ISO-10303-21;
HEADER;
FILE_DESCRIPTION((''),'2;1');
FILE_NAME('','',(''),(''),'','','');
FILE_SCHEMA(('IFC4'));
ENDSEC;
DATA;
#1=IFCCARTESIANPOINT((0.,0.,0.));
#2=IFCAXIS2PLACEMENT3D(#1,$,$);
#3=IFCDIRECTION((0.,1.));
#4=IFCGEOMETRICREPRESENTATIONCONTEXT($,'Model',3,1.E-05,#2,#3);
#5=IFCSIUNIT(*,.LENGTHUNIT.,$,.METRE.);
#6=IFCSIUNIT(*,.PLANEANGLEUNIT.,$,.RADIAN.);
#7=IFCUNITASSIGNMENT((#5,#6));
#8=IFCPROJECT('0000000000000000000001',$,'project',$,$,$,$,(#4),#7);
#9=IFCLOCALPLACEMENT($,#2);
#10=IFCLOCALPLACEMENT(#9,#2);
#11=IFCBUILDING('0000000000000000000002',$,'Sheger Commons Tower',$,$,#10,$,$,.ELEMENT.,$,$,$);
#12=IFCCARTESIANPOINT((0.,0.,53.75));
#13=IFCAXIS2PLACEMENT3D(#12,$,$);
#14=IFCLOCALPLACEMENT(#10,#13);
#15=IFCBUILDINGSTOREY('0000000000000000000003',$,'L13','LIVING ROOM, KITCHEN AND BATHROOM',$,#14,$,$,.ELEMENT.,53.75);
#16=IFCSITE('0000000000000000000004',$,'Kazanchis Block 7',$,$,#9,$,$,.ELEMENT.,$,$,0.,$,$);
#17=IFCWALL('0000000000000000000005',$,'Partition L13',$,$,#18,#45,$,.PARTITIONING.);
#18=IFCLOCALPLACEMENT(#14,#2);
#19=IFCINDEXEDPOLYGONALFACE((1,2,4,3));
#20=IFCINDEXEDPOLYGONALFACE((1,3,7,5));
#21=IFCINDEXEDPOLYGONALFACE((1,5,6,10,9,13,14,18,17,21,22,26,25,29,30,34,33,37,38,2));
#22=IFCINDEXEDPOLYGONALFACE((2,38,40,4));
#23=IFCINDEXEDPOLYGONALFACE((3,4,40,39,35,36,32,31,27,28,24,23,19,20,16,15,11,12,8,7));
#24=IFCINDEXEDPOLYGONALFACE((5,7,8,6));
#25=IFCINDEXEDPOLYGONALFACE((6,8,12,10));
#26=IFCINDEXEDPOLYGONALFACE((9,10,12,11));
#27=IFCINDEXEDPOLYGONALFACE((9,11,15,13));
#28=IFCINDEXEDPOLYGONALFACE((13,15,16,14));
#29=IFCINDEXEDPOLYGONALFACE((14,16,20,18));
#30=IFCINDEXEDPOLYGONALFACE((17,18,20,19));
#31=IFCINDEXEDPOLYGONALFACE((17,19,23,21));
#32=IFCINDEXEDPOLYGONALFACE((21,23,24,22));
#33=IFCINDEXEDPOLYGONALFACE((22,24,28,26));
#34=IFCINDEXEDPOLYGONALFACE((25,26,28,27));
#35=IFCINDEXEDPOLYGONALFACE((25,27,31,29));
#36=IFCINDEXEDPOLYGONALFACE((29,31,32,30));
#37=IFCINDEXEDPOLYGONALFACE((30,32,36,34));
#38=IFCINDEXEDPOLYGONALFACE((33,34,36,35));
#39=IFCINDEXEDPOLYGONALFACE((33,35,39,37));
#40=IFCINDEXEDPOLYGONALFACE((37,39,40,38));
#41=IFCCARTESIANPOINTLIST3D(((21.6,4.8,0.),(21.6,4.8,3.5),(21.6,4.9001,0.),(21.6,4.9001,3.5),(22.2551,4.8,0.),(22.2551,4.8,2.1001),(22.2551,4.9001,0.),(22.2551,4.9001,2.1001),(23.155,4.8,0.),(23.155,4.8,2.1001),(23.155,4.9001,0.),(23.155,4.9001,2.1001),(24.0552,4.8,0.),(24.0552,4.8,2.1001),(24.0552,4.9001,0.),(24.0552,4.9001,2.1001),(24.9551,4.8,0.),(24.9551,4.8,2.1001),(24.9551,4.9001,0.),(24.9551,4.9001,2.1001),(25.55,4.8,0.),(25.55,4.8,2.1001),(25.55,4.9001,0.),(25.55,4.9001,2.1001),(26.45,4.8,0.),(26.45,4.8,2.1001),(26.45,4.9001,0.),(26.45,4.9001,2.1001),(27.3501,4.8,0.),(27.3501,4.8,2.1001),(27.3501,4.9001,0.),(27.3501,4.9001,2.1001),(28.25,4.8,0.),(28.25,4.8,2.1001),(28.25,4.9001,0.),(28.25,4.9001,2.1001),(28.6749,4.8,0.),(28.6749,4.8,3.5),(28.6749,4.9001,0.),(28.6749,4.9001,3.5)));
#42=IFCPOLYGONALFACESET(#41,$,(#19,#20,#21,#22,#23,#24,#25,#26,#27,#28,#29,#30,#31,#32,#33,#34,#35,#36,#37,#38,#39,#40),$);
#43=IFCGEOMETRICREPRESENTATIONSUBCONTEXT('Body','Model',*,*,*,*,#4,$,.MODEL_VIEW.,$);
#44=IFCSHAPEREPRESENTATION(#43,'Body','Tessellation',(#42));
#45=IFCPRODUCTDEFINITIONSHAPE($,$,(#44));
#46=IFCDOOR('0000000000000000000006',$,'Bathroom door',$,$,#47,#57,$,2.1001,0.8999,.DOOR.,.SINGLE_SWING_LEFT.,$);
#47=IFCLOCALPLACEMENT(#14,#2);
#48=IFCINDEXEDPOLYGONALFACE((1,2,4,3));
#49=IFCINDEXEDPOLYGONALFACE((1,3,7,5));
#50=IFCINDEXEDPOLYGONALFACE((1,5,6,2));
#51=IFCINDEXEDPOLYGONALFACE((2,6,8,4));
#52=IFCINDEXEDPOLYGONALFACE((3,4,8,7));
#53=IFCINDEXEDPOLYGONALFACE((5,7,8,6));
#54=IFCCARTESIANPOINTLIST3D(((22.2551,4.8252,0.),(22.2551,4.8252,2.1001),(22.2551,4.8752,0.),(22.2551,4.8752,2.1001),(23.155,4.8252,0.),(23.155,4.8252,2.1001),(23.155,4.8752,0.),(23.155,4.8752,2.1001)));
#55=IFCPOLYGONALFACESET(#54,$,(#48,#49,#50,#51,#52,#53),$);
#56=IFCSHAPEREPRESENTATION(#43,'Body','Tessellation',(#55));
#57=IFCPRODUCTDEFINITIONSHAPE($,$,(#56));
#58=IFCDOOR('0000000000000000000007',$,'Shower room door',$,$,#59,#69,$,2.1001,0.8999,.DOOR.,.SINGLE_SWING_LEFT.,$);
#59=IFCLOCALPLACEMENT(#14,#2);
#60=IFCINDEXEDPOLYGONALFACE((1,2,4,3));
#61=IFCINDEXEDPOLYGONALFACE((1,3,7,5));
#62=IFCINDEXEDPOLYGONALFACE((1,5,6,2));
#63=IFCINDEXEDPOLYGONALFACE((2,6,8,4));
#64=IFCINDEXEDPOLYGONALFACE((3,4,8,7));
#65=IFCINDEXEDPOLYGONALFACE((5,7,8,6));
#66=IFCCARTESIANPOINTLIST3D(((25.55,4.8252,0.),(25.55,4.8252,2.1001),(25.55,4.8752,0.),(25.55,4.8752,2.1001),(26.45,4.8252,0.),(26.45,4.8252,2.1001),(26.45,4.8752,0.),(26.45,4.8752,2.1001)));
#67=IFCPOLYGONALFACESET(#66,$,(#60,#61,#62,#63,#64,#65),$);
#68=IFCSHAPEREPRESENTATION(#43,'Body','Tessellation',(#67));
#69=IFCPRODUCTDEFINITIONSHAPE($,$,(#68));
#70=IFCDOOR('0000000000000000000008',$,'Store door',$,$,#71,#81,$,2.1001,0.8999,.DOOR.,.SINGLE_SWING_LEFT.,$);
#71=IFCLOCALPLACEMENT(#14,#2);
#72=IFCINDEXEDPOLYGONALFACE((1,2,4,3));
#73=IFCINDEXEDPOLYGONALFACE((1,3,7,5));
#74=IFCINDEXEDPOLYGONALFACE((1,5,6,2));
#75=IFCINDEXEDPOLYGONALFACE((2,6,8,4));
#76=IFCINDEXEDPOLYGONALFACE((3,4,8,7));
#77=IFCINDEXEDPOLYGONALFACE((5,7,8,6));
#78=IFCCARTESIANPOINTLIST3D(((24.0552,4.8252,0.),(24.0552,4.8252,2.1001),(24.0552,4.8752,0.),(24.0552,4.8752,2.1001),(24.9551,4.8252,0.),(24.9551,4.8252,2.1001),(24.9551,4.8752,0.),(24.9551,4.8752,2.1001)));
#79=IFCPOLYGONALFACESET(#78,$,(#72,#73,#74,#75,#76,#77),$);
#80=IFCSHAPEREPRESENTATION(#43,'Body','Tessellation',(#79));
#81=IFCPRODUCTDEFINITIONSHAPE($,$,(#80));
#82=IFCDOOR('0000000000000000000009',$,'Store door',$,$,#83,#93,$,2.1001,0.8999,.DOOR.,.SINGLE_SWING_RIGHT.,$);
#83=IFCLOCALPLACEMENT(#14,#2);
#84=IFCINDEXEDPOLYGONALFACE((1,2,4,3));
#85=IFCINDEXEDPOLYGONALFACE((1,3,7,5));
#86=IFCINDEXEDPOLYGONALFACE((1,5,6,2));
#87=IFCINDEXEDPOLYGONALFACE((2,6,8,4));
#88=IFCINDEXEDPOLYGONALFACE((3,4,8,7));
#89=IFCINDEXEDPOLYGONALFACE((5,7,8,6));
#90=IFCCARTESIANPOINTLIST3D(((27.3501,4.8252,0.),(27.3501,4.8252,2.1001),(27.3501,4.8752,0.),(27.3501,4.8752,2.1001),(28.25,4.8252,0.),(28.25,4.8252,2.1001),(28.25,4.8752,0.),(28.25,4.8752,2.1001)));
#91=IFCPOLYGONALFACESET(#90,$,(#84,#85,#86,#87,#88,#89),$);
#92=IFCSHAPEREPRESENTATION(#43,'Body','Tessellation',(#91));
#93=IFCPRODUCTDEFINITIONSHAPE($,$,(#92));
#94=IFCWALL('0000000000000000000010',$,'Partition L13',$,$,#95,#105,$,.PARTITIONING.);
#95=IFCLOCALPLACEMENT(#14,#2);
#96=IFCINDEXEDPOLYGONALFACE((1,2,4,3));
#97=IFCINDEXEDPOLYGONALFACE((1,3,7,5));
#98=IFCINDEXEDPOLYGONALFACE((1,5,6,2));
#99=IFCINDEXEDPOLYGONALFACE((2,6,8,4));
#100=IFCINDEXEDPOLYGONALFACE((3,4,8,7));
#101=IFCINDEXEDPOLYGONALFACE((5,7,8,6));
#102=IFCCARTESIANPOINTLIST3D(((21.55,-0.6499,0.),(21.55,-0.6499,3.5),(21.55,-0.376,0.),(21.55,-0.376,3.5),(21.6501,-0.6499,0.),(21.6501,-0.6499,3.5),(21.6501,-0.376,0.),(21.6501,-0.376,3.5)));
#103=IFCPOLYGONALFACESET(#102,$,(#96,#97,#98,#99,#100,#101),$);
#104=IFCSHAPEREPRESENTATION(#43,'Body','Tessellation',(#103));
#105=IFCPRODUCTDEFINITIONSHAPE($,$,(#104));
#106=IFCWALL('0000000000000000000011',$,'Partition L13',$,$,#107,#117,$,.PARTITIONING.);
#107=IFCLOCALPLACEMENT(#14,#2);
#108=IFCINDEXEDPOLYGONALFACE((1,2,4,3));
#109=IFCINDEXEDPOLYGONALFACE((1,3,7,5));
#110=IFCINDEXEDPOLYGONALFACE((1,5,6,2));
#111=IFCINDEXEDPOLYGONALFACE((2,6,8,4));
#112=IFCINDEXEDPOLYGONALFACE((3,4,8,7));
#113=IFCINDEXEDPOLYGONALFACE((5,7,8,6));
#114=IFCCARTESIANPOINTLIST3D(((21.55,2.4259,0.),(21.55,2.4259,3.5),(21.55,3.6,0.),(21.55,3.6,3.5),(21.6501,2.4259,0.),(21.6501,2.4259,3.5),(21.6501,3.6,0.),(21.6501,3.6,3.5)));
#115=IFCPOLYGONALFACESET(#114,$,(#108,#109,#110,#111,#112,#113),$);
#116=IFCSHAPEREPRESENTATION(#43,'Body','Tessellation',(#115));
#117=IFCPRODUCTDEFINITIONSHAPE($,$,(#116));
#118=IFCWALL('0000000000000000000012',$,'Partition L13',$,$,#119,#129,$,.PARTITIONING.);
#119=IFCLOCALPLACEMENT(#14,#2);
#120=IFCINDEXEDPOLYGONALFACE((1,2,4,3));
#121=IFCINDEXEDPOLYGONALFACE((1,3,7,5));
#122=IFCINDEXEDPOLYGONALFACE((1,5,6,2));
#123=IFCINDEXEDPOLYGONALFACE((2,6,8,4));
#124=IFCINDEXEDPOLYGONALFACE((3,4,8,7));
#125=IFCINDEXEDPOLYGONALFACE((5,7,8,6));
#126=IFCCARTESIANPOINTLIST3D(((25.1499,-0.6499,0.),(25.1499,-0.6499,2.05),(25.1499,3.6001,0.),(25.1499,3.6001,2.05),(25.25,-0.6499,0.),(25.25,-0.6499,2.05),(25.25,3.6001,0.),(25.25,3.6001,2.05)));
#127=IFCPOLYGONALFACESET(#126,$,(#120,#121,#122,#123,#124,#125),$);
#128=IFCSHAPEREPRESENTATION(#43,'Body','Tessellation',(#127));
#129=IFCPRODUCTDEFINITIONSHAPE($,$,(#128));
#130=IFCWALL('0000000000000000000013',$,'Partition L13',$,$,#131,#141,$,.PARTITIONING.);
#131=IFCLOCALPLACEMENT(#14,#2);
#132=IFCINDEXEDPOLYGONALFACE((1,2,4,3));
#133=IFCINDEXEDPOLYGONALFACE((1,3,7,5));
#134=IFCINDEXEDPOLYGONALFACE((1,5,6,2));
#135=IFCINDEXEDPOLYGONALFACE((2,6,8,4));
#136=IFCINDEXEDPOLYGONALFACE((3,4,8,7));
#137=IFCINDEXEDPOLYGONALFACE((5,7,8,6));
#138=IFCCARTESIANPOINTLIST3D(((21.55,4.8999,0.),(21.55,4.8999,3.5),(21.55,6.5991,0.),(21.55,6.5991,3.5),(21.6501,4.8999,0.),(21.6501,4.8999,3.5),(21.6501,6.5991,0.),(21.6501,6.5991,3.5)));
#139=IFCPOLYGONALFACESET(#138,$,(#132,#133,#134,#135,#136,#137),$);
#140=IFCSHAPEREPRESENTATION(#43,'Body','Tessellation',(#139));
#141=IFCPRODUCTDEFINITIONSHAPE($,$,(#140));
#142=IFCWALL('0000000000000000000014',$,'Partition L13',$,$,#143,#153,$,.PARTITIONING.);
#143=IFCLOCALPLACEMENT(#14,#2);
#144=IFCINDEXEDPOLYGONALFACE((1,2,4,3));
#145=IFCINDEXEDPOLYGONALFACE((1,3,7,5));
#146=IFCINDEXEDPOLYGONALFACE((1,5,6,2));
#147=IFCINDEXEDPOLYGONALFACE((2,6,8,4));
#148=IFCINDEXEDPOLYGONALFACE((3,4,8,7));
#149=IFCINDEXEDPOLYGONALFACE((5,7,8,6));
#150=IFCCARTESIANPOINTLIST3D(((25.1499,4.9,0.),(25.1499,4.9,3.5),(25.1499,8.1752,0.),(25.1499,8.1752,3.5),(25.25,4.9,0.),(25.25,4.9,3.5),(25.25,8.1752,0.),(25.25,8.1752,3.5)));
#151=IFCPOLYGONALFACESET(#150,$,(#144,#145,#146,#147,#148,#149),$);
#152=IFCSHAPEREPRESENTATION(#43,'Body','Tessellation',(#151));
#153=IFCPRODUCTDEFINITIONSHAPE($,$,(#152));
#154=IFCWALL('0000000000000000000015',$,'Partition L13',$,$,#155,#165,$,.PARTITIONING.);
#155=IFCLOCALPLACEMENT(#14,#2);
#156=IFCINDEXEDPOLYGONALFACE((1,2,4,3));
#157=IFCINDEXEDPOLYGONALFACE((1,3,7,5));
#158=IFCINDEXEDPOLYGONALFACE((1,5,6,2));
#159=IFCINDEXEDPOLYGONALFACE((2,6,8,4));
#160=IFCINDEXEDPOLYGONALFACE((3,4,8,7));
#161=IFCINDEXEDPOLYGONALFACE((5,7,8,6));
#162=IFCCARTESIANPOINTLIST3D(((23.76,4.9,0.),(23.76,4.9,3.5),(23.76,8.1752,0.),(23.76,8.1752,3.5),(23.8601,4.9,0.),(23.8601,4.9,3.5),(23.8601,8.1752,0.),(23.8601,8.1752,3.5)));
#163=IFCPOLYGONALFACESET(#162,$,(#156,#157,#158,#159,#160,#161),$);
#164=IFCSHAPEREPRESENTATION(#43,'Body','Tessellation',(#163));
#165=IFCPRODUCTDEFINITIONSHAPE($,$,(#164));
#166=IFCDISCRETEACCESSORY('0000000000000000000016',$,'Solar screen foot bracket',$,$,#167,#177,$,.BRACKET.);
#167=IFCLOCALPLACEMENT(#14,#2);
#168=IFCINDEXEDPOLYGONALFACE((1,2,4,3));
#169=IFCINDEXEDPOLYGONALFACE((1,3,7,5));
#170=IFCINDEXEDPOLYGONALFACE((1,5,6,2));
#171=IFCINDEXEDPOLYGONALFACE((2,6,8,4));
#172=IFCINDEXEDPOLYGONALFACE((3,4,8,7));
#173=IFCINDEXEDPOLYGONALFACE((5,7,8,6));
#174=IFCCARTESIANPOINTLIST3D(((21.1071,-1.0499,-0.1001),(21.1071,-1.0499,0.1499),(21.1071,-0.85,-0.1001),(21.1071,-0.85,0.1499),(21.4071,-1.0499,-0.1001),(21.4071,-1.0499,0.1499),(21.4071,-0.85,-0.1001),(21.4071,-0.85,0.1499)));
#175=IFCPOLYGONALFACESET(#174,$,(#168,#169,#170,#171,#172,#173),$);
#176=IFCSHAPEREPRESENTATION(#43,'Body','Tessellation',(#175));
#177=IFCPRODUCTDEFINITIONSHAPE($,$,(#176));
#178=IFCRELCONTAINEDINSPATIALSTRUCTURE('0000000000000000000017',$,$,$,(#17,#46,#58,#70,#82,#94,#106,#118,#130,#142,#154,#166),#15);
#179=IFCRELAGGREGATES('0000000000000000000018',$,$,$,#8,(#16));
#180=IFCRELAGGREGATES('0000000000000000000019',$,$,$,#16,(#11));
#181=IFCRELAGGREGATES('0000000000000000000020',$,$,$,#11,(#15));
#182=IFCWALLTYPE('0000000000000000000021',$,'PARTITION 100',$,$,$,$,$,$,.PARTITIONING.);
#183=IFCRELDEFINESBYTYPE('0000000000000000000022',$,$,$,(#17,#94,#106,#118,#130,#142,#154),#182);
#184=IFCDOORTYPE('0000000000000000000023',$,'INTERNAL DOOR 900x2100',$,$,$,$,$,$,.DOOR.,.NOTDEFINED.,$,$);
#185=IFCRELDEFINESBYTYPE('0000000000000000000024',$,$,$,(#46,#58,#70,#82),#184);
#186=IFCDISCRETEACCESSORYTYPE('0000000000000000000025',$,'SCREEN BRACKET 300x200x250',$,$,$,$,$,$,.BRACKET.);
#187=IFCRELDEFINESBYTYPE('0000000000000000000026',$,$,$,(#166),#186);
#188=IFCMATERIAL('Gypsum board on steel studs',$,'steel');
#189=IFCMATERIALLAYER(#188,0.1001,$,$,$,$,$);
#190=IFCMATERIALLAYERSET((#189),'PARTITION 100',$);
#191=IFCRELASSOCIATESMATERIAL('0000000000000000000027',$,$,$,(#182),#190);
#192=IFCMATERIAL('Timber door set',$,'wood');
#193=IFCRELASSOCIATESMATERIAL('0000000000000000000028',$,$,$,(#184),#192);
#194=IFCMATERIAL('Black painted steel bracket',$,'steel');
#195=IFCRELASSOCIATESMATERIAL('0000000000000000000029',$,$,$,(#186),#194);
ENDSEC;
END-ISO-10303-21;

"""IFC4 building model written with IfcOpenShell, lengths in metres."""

from ifc_helpers import new_model, si_unit, direction, frame, frame_2d, origin, origin_2d, place, context, subcontext, project, spatial, rectangle, extrude, material, layer, layer_set, type_object, element, fill, save


model = new_model("IFC4")

# Units and contexts
model_context = context("Model", 3, precision=1e-05, world=origin(), true_north=direction((0.0, 1.0)))
body_context = subcontext(model_context, "Body", "Model", "MODEL_VIEW")
ifc_project = project(units=[si_unit("LENGTHUNIT", "METRE"), si_unit("PLANEANGLEUNIT", "RADIAN")], contexts=[model_context])

# Site, building, storey
site_placement = place(None, origin())
site = spatial("IfcSite", under=ifc_project, at=site_placement, Name="Kazanchis Block 7", CompositionType="ELEMENT", RefElevation=0.0)
building_placement = place(site_placement, origin())
building = spatial("IfcBuilding", under=site, at=building_placement, Name="Sheger Commons Tower", CompositionType="ELEMENT")
storey_placement = place(building_placement, frame((0.0, 0.0, 53.75)))
storey = spatial("IfcBuildingStorey", under=building, at=storey_placement, Name="L13", Description="LIVING ROOM, KITCHEN AND BATHROOM", CompositionType="ELEMENT", Elevation=53.75)

# Wall, openings, doors
ifc_material_1 = material(Name="Gypsum board on steel studs", Category="steel")
ifc_layer_1 = layer(ifc_material_1, 0.1001)
ifc_layer_set_1 = layer_set([ifc_layer_1], Name="PARTITION 100")
wall_type = type_object("IfcWallType", Name="PARTITION 100", PredefinedType="PARTITIONING", material=ifc_layer_set_1)
ifc_material_2 = material(Name="Timber door set", Category="wood")
door_type = type_object("IfcDoorType", Name="INTERNAL DOOR 900x2100", OperationType="NOTDEFINED", PredefinedType="DOOR", material=ifc_material_2)
wall_1_placement = place(storey_placement, frame((28.675, 4.8501, 0.0), z_axis=(0.0, 0.0, 1.0), x_axis=(-1.0, 0.0, 0.0)))
wall_1 = element("IfcWall", 1, at=wall_1_placement, inside=storey, type_object=wall_type, Name="Partition L13", PredefinedType="PARTITIONING", context=body_context, shape_type="SweptSolid", body=[
    extrude(rectangle(XDim=7.075, YDim=0.1001, at=frame_2d((3.5376, 0.0))), origin(), (0.0, 0.0, 1.0), 3.5),
])
opening_1_placement = place(wall_1_placement, frame((5.52, 0.0, 0.0)))
opening_1 = element("IfcOpeningElement", 2, at=opening_1_placement, cuts=wall_1, PredefinedType="OPENING", context=body_context, shape_type="SweptSolid", body=[
    extrude(rectangle(XDim=0.8999, YDim=2.1001, at=frame_2d((0.45, 1.05))), frame((0.0, 0.0601, 0.0), z_axis=(0.0, -1.0, 0.0), x_axis=(1.0, 0.0, 0.0)), (0.0, 0.0, 1.0), 0.1201),
])
opening_2_placement = place(wall_1_placement, frame((2.2251, 0.0, 0.0)))
opening_2 = element("IfcOpeningElement", 3, at=opening_2_placement, cuts=wall_1, PredefinedType="OPENING", context=body_context, shape_type="SweptSolid", body=[
    extrude(rectangle(XDim=0.8999, YDim=2.1001, at=frame_2d((0.45, 1.05))), frame((0.0, 0.0601, 0.0), z_axis=(0.0, -1.0, 0.0), x_axis=(1.0, 0.0, 0.0)), (0.0, 0.0, 1.0), 0.1201),
])
opening_3_placement = place(wall_1_placement, frame((3.72, 0.0, 0.0)))
opening_3 = element("IfcOpeningElement", 4, at=opening_3_placement, cuts=wall_1, PredefinedType="OPENING", context=body_context, shape_type="SweptSolid", body=[
    extrude(rectangle(XDim=0.8999, YDim=2.1001, at=frame_2d((0.45, 1.05))), frame((0.0, 0.0601, 0.0), z_axis=(0.0, -1.0, 0.0), x_axis=(1.0, 0.0, 0.0)), (0.0, 0.0, 1.0), 0.1201),
])
opening_4_placement = place(wall_1_placement, frame((0.425, 0.0, 0.0)))
opening_4 = element("IfcOpeningElement", 5, at=opening_4_placement, cuts=wall_1, PredefinedType="OPENING", context=body_context, shape_type="SweptSolid", body=[
    extrude(rectangle(XDim=0.8999, YDim=2.1001, at=frame_2d((0.45, 1.05))), frame((0.0, 0.0601, 0.0), z_axis=(0.0, -1.0, 0.0), x_axis=(1.0, 0.0, 0.0)), (0.0, 0.0, 1.0), 0.1201),
])
door_1_placement = place(opening_1_placement, origin())
door_1 = element("IfcDoor", 6, at=door_1_placement, inside=storey, type_object=door_type, Name="Bathroom door", OperationType="SINGLE_SWING_LEFT", OverallHeight=2.1001, OverallWidth=0.8999, PredefinedType="DOOR", context=body_context, shape_type="SweptSolid", body=[
    extrude(rectangle(XDim=0.8999, YDim=2.1001, at=frame_2d((0.45, 1.05))), frame((0.0, 0.0249, 0.0), z_axis=(0.0, -1.0, 0.0), x_axis=(1.0, 0.0, 0.0)), (0.0, 0.0, 1.0), 0.05),
])
fill(opening_1, door_1)
door_2_placement = place(opening_2_placement, origin())
door_2 = element("IfcDoor", 7, at=door_2_placement, inside=storey, type_object=door_type, Name="Shower room door", OperationType="SINGLE_SWING_LEFT", OverallHeight=2.1001, OverallWidth=0.8999, PredefinedType="DOOR", context=body_context, shape_type="SweptSolid", body=[
    extrude(rectangle(XDim=0.8999, YDim=2.1001, at=frame_2d((0.45, 1.05))), frame((0.0, 0.0249, 0.0), z_axis=(0.0, -1.0, 0.0), x_axis=(1.0, 0.0, 0.0)), (0.0, 0.0, 1.0), 0.05),
])
fill(opening_2, door_2)
door_3_placement = place(opening_3_placement, origin())
door_3 = element("IfcDoor", 8, at=door_3_placement, inside=storey, type_object=door_type, Name="Store door", OperationType="SINGLE_SWING_LEFT", OverallHeight=2.1001, OverallWidth=0.8999, PredefinedType="DOOR", context=body_context, shape_type="SweptSolid", body=[
    extrude(rectangle(XDim=0.8999, YDim=2.1001, at=frame_2d((0.45, 1.05))), frame((0.0, 0.0249, 0.0), z_axis=(0.0, -1.0, 0.0), x_axis=(1.0, 0.0, 0.0)), (0.0, 0.0, 1.0), 0.05),
])
fill(opening_3, door_3)
door_4_placement = place(opening_4_placement, origin())
door_4 = element("IfcDoor", 9, at=door_4_placement, inside=storey, type_object=door_type, Name="Store door", OperationType="SINGLE_SWING_RIGHT", OverallHeight=2.1001, OverallWidth=0.8999, PredefinedType="DOOR", context=body_context, shape_type="SweptSolid", body=[
    extrude(rectangle(XDim=0.8999, YDim=2.1001, at=frame_2d((0.45, 1.05))), frame((0.0, 0.0249, 0.0), z_axis=(0.0, -1.0, 0.0), x_axis=(1.0, 0.0, 0.0)), (0.0, 0.0, 1.0), 0.05),
])
fill(opening_4, door_4)

# Walls
wall_2_placement = place(storey_placement, frame((21.6001, -0.6499, 0.0), z_axis=(0.0, 0.0, 1.0), x_axis=(0.0, 1.0, 0.0)))
element("IfcWall", 10, at=wall_2_placement, inside=storey, type_object=wall_type, Name="Partition L13", PredefinedType="PARTITIONING", context=body_context, shape_type="SweptSolid", body=[
    extrude(rectangle(XDim=0.2739, YDim=0.1001, at=frame_2d((0.137, 0.0))), origin(), (0.0, 0.0, 1.0), 3.5),
])
wall_3_placement = place(storey_placement, frame((21.6001, 2.426, 0.0), z_axis=(0.0, 0.0, 1.0), x_axis=(0.0, 1.0, 0.0)))
element("IfcWall", 11, at=wall_3_placement, inside=storey, type_object=wall_type, Name="Partition L13", PredefinedType="PARTITIONING", context=body_context, shape_type="SweptSolid", body=[
    extrude(rectangle(XDim=1.1741, YDim=0.1001, at=frame_2d((0.5869, 0.0))), origin(), (0.0, 0.0, 1.0), 3.5),
])
wall_4_placement = place(storey_placement, frame((25.2, -0.6499, 0.0), z_axis=(0.0, 0.0, 1.0), x_axis=(0.0, 1.0, 0.0)))
element("IfcWall", 12, at=wall_4_placement, inside=storey, type_object=wall_type, Name="Partition L13", PredefinedType="PARTITIONING", context=body_context, shape_type="SweptSolid", body=[
    extrude(rectangle(XDim=4.25, YDim=0.1001, at=frame_2d((2.125, 0.0))), origin(), (0.0, 0.0, 1.0), 2.05),
])
wall_5_placement = place(storey_placement, frame((21.6001, 4.8999, 0.0), z_axis=(0.0, 0.0, 1.0), x_axis=(0.0, 1.0, 0.0)))
element("IfcWall", 13, at=wall_5_placement, inside=storey, type_object=wall_type, Name="Partition L13", PredefinedType="PARTITIONING", context=body_context, shape_type="SweptSolid", body=[
    extrude(rectangle(XDim=1.6992, YDim=0.1001, at=frame_2d((0.8496, 0.0))), origin(), (0.0, 0.0, 1.0), 3.5),
])
for number, where, z_axis, x_axis, name in (
    (14, (25.2, 4.8999, 0.0), (0.0, 0.0, 1.0), (0.0, 1.0, 0.0), "Partition L13"),
    (15, (23.8101, 4.8999, 0.0), (0.0, 0.0, 1.0), (0.0, 1.0, 0.0), "Partition L13"),
):
    element("IfcWall", number, at=place(storey_placement, frame(where, z_axis=z_axis, x_axis=x_axis)), inside=storey, type_object=wall_type, Name=name, PredefinedType="PARTITIONING", context=body_context, shape_type="SweptSolid", body=[
        extrude(rectangle(XDim=3.2751, YDim=0.1001, at=frame_2d((1.6377, 0.0))), origin(), (0.0, 0.0, 1.0), 3.5),
    ])

# Discrete accessory
ifc_material_3 = material(Name="Black painted steel bracket", Category="steel")
discrete_accessory_type = type_object("IfcDiscreteAccessoryType", Name="SCREEN BRACKET 300x200x250", PredefinedType="BRACKET", material=ifc_material_3)
for number, where, z_axis, x_axis, name in (
    (16, (21.2571, -0.95, -0.1001), (0.0, 0.0, 1.0), (1.0, 0.0, 0.0), "Solar screen foot bracket"),
):
    element("IfcDiscreteAccessory", number, at=place(storey_placement, frame(where, z_axis=z_axis, x_axis=x_axis)), inside=storey, type_object=discrete_accessory_type, Name=name, PredefinedType="BRACKET", context=body_context, shape_type="SweptSolid", body=[
        extrude(rectangle(XDim=0.3, YDim=0.2, at=origin_2d()), origin(), (0.0, 0.0, 1.0), 0.25),
    ])

save(model, "model.ifc")
